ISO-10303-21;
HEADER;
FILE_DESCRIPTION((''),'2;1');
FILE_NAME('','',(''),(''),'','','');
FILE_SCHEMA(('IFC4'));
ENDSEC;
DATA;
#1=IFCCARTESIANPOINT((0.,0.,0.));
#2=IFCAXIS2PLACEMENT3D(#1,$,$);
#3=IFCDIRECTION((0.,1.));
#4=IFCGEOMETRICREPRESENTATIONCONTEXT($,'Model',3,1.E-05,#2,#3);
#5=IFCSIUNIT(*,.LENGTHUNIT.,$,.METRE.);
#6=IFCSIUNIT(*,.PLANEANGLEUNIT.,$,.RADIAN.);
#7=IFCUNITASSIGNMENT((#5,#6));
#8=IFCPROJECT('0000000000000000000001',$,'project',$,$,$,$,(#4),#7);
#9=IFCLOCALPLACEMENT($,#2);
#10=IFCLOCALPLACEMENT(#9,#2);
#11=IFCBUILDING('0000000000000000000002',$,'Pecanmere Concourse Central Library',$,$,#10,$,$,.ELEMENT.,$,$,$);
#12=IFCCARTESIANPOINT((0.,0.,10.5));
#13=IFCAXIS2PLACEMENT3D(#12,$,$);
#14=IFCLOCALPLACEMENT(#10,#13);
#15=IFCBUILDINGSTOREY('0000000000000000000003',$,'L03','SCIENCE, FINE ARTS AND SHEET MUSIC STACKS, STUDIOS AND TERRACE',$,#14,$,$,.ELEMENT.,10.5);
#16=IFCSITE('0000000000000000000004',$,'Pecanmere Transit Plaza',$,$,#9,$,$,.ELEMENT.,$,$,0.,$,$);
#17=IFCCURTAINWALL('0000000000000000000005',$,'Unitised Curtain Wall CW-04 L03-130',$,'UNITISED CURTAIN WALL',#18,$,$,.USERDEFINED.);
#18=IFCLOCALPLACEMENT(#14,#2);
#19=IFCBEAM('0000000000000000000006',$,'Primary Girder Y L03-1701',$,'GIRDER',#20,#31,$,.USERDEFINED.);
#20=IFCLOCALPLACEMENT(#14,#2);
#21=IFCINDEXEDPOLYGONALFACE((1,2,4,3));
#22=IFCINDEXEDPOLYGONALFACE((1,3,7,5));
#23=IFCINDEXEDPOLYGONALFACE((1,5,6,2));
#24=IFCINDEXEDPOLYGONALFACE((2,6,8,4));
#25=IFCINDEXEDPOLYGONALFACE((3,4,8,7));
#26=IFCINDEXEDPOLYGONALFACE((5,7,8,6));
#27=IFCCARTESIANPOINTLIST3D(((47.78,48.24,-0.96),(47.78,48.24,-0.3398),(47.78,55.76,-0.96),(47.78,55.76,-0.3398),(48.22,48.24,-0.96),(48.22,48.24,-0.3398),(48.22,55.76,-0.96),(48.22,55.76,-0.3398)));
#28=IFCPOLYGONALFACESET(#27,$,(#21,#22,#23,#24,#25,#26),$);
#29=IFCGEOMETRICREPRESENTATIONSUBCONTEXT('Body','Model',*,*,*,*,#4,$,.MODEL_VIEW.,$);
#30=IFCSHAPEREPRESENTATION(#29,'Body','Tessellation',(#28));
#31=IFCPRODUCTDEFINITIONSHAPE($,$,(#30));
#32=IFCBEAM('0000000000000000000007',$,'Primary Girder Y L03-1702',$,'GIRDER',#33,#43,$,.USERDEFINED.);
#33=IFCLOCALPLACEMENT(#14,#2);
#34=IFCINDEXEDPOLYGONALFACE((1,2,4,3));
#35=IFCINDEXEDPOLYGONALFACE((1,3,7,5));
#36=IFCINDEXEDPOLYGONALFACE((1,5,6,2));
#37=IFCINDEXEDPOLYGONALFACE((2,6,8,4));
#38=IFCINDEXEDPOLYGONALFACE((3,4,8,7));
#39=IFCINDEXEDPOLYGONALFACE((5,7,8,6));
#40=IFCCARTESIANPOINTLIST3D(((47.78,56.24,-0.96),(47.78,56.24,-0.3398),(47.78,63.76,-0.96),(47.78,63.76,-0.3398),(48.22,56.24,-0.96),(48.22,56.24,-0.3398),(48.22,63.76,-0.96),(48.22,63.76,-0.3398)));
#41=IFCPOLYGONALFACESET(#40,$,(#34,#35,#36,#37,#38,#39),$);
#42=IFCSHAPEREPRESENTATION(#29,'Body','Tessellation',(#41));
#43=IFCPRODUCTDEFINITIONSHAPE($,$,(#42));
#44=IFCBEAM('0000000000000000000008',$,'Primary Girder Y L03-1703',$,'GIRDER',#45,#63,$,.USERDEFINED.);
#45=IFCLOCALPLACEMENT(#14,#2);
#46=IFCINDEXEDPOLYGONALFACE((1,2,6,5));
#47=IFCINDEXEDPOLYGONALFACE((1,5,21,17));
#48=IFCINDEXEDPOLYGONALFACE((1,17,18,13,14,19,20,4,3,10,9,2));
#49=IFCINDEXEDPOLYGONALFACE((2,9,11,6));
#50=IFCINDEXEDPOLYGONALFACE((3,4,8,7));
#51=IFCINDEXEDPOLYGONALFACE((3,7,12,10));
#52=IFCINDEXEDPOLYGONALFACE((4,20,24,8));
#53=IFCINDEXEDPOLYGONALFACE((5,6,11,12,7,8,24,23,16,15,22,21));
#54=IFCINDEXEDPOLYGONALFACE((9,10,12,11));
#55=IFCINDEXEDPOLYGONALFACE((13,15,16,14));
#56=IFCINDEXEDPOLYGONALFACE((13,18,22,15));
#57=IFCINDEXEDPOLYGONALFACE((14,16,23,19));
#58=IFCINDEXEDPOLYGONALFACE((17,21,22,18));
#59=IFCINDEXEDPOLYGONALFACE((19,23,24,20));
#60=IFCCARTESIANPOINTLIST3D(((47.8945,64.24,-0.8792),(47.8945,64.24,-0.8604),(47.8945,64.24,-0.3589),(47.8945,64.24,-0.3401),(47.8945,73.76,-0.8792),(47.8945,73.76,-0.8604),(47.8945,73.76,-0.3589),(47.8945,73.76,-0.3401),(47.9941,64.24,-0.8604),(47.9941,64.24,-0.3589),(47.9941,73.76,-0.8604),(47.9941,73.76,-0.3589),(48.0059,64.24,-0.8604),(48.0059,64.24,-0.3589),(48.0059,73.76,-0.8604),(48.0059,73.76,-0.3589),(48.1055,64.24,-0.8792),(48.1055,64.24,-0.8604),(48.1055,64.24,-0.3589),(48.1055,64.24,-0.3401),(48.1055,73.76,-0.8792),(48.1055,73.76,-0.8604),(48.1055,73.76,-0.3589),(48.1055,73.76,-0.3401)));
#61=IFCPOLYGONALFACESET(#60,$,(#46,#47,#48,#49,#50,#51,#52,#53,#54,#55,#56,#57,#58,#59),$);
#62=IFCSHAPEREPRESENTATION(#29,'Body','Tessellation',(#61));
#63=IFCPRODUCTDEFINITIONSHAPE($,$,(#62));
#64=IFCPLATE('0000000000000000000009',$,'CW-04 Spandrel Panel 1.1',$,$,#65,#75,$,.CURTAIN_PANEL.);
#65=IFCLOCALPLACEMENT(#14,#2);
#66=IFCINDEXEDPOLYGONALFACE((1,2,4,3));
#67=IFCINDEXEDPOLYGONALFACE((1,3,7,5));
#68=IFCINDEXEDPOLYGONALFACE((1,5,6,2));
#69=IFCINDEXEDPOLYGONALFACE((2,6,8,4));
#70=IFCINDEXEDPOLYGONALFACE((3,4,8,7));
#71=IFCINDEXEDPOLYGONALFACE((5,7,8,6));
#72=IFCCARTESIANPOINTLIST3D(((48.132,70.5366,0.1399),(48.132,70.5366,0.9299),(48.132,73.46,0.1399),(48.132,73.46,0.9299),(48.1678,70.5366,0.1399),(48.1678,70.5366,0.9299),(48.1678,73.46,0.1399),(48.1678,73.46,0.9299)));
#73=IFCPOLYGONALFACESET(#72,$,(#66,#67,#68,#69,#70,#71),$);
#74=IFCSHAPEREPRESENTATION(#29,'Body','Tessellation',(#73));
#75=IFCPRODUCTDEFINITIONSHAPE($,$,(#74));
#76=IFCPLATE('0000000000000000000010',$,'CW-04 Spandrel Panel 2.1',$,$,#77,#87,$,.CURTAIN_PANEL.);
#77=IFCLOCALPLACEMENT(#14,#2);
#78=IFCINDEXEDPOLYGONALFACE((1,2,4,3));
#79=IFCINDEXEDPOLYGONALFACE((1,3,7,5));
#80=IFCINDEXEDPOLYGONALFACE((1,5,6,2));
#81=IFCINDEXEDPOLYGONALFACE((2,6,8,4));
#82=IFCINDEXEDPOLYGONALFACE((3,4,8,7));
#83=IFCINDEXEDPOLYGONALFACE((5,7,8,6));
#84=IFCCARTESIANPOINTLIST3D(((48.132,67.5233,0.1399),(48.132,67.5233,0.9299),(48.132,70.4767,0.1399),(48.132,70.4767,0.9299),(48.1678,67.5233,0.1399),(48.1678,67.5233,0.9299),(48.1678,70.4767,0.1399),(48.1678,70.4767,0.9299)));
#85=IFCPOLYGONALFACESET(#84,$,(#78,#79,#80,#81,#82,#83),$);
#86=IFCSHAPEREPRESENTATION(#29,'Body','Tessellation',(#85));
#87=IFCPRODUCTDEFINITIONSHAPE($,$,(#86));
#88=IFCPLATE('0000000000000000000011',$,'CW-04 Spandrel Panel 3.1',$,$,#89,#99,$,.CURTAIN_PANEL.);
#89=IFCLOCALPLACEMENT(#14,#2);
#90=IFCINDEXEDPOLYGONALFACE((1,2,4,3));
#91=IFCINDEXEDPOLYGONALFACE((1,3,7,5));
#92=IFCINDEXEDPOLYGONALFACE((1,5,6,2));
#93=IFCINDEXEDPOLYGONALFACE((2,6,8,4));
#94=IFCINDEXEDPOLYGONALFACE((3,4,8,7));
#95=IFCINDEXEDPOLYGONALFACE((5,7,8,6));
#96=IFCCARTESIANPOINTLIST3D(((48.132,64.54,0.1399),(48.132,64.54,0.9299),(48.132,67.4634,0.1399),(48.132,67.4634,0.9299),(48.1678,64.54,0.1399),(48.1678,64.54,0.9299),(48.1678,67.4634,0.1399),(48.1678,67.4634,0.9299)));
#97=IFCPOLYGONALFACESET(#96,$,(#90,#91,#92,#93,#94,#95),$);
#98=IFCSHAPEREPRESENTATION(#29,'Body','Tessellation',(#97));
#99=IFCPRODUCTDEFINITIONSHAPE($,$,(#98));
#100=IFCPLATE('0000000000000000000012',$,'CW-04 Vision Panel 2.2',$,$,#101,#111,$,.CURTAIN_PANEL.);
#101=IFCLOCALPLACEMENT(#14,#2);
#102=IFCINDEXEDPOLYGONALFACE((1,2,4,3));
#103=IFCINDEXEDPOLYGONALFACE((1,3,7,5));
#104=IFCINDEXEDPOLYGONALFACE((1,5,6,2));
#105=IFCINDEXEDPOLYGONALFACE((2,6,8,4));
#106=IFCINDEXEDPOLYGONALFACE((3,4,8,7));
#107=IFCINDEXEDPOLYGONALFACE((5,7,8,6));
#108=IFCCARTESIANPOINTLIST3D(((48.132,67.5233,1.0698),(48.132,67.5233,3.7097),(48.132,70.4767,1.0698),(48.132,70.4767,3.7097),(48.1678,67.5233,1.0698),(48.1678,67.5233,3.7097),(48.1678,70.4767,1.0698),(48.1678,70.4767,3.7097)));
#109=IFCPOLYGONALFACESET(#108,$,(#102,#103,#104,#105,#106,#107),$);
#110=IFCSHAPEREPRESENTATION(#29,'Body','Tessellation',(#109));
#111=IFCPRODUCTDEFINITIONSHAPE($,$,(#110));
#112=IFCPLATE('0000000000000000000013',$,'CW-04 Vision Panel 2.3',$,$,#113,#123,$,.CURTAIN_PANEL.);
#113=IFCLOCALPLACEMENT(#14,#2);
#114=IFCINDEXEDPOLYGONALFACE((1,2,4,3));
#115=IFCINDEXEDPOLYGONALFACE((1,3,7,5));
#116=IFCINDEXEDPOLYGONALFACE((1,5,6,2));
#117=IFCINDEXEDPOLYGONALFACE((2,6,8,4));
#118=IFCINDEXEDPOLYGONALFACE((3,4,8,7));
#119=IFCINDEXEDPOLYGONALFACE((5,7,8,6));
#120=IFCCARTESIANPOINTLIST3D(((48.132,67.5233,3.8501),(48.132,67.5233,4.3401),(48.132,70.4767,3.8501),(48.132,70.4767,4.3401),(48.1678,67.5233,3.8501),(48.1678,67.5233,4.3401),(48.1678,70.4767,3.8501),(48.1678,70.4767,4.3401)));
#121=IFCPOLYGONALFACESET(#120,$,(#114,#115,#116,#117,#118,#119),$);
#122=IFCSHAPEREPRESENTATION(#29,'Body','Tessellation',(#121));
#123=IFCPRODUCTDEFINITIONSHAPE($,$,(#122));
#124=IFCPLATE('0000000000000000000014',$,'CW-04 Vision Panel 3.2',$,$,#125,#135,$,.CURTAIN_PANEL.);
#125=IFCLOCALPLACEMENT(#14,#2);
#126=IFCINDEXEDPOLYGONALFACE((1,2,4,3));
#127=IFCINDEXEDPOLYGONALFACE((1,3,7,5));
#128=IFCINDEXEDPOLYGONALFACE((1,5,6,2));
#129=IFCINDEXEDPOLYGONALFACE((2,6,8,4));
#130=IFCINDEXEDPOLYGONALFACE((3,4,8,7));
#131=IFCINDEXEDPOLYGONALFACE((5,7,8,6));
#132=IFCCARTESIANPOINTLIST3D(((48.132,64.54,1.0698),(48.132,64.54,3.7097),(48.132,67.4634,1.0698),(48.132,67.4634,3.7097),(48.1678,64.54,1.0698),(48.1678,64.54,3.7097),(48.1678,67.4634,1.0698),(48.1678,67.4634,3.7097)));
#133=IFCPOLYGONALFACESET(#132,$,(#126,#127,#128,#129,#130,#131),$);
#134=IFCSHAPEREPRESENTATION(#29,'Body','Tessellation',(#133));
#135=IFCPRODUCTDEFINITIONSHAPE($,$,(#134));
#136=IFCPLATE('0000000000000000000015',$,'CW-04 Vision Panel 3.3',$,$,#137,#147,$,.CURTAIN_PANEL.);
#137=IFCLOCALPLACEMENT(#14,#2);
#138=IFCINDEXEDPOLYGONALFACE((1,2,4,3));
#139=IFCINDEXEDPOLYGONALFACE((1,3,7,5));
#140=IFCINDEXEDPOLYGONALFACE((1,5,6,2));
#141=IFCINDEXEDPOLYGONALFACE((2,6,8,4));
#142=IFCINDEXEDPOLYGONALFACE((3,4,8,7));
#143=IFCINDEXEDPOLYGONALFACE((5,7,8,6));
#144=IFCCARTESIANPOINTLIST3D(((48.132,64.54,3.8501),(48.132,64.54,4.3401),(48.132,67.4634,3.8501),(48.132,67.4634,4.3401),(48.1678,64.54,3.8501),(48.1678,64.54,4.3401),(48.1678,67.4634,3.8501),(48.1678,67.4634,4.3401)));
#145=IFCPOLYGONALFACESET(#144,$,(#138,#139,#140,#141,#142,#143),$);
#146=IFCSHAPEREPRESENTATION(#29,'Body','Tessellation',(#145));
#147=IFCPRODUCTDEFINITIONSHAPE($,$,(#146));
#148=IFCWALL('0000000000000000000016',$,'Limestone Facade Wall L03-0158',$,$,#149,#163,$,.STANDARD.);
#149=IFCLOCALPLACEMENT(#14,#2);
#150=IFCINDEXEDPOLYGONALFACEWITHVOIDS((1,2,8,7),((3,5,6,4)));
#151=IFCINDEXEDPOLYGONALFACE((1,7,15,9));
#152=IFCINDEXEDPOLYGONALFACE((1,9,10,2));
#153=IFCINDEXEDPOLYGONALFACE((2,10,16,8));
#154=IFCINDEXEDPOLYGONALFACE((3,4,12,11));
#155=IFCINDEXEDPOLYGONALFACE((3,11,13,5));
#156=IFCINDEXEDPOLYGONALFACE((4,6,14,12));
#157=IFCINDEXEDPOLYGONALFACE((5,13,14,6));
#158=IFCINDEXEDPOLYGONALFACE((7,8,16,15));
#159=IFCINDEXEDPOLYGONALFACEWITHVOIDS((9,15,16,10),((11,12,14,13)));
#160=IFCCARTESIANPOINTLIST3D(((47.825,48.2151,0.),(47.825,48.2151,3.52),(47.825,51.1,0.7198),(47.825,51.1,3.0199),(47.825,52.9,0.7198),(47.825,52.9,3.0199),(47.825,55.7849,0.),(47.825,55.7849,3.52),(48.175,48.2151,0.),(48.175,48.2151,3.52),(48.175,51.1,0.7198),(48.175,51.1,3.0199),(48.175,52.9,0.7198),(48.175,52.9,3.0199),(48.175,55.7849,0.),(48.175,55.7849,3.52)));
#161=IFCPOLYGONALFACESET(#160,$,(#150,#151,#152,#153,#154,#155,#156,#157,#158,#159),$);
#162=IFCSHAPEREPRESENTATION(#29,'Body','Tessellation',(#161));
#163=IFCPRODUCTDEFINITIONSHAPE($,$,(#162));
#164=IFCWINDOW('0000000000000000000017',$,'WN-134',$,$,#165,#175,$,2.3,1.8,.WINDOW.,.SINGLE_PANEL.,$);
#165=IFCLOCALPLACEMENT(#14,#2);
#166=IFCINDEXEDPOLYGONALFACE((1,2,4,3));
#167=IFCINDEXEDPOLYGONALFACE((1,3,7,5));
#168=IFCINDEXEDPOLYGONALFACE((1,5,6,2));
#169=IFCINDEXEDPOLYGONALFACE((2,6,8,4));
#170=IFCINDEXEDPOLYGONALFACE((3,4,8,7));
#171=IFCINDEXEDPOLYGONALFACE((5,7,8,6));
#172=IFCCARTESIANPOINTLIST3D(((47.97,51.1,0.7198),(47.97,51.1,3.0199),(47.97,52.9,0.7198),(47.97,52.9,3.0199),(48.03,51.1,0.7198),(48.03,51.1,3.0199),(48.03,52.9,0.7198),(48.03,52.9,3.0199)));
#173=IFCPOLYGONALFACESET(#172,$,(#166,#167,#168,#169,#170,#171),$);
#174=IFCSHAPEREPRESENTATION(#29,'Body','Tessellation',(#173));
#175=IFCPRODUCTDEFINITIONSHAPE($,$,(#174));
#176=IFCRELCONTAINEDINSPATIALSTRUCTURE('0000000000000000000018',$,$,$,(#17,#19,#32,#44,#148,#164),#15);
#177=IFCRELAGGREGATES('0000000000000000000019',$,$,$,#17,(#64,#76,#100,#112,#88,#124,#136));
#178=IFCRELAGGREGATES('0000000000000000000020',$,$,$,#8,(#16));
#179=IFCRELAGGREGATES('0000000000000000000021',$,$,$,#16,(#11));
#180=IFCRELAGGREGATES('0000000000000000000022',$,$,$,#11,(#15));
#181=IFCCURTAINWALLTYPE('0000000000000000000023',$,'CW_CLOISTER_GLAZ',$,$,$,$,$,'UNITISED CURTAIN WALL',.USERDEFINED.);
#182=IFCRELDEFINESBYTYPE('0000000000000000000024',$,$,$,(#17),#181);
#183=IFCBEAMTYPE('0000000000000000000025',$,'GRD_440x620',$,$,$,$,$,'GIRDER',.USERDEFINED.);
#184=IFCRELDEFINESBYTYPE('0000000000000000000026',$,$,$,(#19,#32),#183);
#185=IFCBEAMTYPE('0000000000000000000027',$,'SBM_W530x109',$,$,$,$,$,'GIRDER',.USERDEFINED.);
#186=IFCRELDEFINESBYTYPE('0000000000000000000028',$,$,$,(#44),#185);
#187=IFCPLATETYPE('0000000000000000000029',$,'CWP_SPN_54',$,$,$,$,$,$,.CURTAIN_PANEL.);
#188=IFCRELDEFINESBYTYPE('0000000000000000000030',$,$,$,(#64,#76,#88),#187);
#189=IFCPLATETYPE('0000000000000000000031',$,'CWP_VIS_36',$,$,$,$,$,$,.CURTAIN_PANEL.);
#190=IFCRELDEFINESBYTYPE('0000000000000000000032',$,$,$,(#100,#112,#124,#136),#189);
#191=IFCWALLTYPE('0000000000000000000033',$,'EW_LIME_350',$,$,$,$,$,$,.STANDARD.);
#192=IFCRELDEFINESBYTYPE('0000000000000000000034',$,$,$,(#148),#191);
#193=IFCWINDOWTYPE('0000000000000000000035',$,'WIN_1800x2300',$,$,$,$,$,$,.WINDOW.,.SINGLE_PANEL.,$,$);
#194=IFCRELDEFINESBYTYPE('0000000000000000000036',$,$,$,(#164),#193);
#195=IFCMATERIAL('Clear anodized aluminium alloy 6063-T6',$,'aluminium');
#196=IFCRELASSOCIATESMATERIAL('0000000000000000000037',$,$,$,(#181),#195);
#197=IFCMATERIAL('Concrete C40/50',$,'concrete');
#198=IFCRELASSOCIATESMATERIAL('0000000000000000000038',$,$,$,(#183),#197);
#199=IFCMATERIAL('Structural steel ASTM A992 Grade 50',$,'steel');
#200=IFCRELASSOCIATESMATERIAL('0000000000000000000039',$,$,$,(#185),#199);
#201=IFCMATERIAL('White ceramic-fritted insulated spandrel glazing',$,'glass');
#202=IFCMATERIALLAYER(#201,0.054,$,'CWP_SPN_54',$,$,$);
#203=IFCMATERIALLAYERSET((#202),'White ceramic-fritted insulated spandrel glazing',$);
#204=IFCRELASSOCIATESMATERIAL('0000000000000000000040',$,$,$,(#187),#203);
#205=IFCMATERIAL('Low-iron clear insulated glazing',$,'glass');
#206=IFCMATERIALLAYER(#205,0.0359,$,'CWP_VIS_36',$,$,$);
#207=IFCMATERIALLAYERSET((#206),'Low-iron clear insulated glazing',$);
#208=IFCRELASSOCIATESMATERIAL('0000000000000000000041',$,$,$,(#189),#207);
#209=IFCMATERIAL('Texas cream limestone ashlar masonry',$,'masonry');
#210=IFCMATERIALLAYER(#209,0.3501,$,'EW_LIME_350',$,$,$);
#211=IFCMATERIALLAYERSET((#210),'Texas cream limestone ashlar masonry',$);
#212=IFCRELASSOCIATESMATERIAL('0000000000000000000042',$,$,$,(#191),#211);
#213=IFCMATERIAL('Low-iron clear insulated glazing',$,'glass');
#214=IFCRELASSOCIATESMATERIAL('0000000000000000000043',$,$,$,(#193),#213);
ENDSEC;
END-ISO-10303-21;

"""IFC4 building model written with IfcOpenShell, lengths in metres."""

from ifc_helpers import new_model, si_unit, direction, frame, frame_2d, origin, origin_2d, place, context, subcontext, project, spatial, rectangle, i_section, extrude, material, layer, layer_set, material_profile, profile_set, type_object, element, fill, aggregate, save


model = new_model("IFC4")

# Units and contexts
model_context = context("Model", 3, precision=1e-05, world=origin(), true_north=direction((0.0, 1.0)))
body_context = subcontext(model_context, "Body", "Model", "MODEL_VIEW")
ifc_project = project(units=[si_unit("LENGTHUNIT", "METRE"), si_unit("PLANEANGLEUNIT", "RADIAN")], contexts=[model_context])

# Site, building, storey
site_placement = place(None, origin())
site = spatial("IfcSite", under=ifc_project, at=site_placement, Name="Pecanmere Transit Plaza", CompositionType="ELEMENT", RefElevation=0.0)
building_placement = place(site_placement, origin())
building = spatial("IfcBuilding", under=site, at=building_placement, Name="Pecanmere Concourse Central Library", CompositionType="ELEMENT")
storey_placement = place(building_placement, frame((0.0, 0.0, 10.5)))
storey = spatial("IfcBuildingStorey", under=building, at=storey_placement, Name="L03", Description="SCIENCE, FINE ARTS AND SHEET MUSIC STACKS, STUDIOS AND TERRACE", CompositionType="ELEMENT", Elevation=10.5)

# Curtain wall
ifc_material_1 = material(Name="Clear anodized aluminium alloy 6063-T6", Category="aluminium")
curtain_wall_type = type_object("IfcCurtainWallType", Name="CW_CLOISTER_GLAZ", ElementType="UNITISED CURTAIN WALL", PredefinedType="USERDEFINED", material=ifc_material_1)
curtain_wall_placement = place(storey_placement, origin())
curtain_wall = element("IfcCurtainWall", 1, at=curtain_wall_placement, inside=storey, type_object=curtain_wall_type, Name="Unitised Curtain Wall CW-04 L03-130", ObjectType="UNITISED CURTAIN WALL", PredefinedType="USERDEFINED")

# Beams
ifc_material_2 = material(Name="Concrete C40/50", Category="concrete")
ifc_material_profile_1 = material_profile(ifc_material_2, rectangle(XDim=0.4399, YDim=0.6201, at=origin_2d()), Name="RC 440x620")
ifc_profile_set_1 = profile_set([ifc_material_profile_1], Name="Concrete C40/50")
beam_type_1 = type_object("IfcBeamType", Name="GRD_440x620", ElementType="GIRDER", PredefinedType="USERDEFINED", material=ifc_profile_set_1)
for number, where, z_axis, x_axis, name in (
    (2, (48.0, 48.24, -0.6499), (0.0, 1.0, 0.0), (-1.0, 0.0, 0.0), "Primary Girder Y L03-1701"),
    (3, (48.0, 56.24, -0.6499), (0.0, 1.0, 0.0), (-1.0, 0.0, 0.0), "Primary Girder Y L03-1702"),
):
    element("IfcBeam", number, at=place(storey_placement, frame(where, z_axis=z_axis, x_axis=x_axis)), inside=storey, type_object=beam_type_1, Name=name, ObjectType="GIRDER", PredefinedType="USERDEFINED", context=body_context, shape_type="SweptSolid", body=[
        extrude(rectangle(XDim=0.4399, YDim=0.6201, at=origin_2d()), origin(), (0.0, 0.0, 1.0), 7.52),
    ])
ifc_material_3 = material(Name="Structural steel ASTM A992 Grade 50", Category="steel")
ifc_material_profile_2 = material_profile(ifc_material_3, i_section(OverallWidth=0.2109, OverallDepth=0.5391, WebThickness=0.0117, FlangeThickness=0.0188, at=origin_2d()), Name="W530x109")
ifc_profile_set_2 = profile_set([ifc_material_profile_2], Name="Structural steel ASTM A992 Grade 50")
beam_type_2 = type_object("IfcBeamType", Name="SBM_W530x109", ElementType="GIRDER", PredefinedType="USERDEFINED", material=ifc_profile_set_2)
beam_placement = place(storey_placement, frame((48.0, 64.24, -0.6096), z_axis=(0.0, 1.0, 0.0), x_axis=(-1.0, 0.0, 0.0)))
element("IfcBeam", 4, at=beam_placement, inside=storey, type_object=beam_type_2, Name="Primary Girder Y L03-1703", ObjectType="GIRDER", PredefinedType="USERDEFINED", context=body_context, shape_type="SweptSolid", body=[
    extrude(i_section(OverallWidth=0.2109, OverallDepth=0.5391, WebThickness=0.0117, FlangeThickness=0.0188, at=origin_2d()), origin(), (0.0, 0.0, 1.0), 9.52),
])

# Plates
ifc_material_4 = material(Name="White ceramic-fritted insulated spandrel glazing", Category="glass")
ifc_layer_1 = layer(ifc_material_4, 0.054, Name="CWP_SPN_54")
ifc_layer_set_1 = layer_set([ifc_layer_1], Name="White ceramic-fritted insulated spandrel glazing")
plate_type_1 = type_object("IfcPlateType", Name="CWP_SPN_54", PredefinedType="CURTAIN_PANEL", material=ifc_layer_set_1)
plate_1_placement = place(storey_placement, frame((48.1499, 71.9983, 0.1399), z_axis=(0.0, 0.0, 1.0), x_axis=(0.0, -1.0, 0.0)))
plate_1 = element("IfcPlate", 5, at=plate_1_placement, type_object=plate_type_1, Name="CW-04 Spandrel Panel 1.1", PredefinedType="CURTAIN_PANEL", context=body_context, shape_type="SweptSolid", body=[
    extrude(rectangle(XDim=2.9233, YDim=0.0359, at=origin_2d()), origin(), (0.0, 0.0, 1.0), 0.79),
])
plate_2_placement = place(storey_placement, frame((48.1499, 69.0, 0.1399), z_axis=(0.0, 0.0, 1.0), x_axis=(0.0, -1.0, 0.0)))
plate_2 = element("IfcPlate", 6, at=plate_2_placement, type_object=plate_type_1, Name="CW-04 Spandrel Panel 2.1", PredefinedType="CURTAIN_PANEL", context=body_context, shape_type="SweptSolid", body=[
    extrude(rectangle(XDim=2.9534, YDim=0.0359, at=origin_2d()), origin(), (0.0, 0.0, 1.0), 0.79),
])
plate_3_placement = place(storey_placement, frame((48.1499, 66.0017, 0.1399), z_axis=(0.0, 0.0, 1.0), x_axis=(0.0, -1.0, 0.0)))
plate_3 = element("IfcPlate", 7, at=plate_3_placement, type_object=plate_type_1, Name="CW-04 Spandrel Panel 3.1", PredefinedType="CURTAIN_PANEL", context=body_context, shape_type="SweptSolid", body=[
    extrude(rectangle(XDim=2.9233, YDim=0.0359, at=origin_2d()), origin(), (0.0, 0.0, 1.0), 0.79),
])
ifc_material_5 = material(Name="Low-iron clear insulated glazing", Category="glass")
ifc_layer_2 = layer(ifc_material_5, 0.0359, Name="CWP_VIS_36")
ifc_layer_set_2 = layer_set([ifc_layer_2], Name="Low-iron clear insulated glazing")
plate_type_2 = type_object("IfcPlateType", Name="CWP_VIS_36", PredefinedType="CURTAIN_PANEL", material=ifc_layer_set_2)
plate_4_placement = place(storey_placement, frame((48.1499, 69.0, 1.0698), z_axis=(0.0, 0.0, 1.0), x_axis=(0.0, -1.0, 0.0)))
plate_4 = element("IfcPlate", 8, at=plate_4_placement, type_object=plate_type_2, Name="CW-04 Vision Panel 2.2", PredefinedType="CURTAIN_PANEL", context=body_context, shape_type="SweptSolid", body=[
    extrude(rectangle(XDim=2.9534, YDim=0.0359, at=origin_2d()), origin(), (0.0, 0.0, 1.0), 2.6399),
])
plate_5_placement = place(storey_placement, frame((48.1499, 69.0, 3.8501), z_axis=(0.0, 0.0, 1.0), x_axis=(0.0, -1.0, 0.0)))
plate_5 = element("IfcPlate", 9, at=plate_5_placement, type_object=plate_type_2, Name="CW-04 Vision Panel 2.3", PredefinedType="CURTAIN_PANEL", context=body_context, shape_type="SweptSolid", body=[
    extrude(rectangle(XDim=2.9534, YDim=0.0359, at=origin_2d()), origin(), (0.0, 0.0, 1.0), 0.49),
])
plate_6_placement = place(storey_placement, frame((48.1499, 66.0017, 1.0698), z_axis=(0.0, 0.0, 1.0), x_axis=(0.0, -1.0, 0.0)))
plate_6 = element("IfcPlate", 10, at=plate_6_placement, type_object=plate_type_2, Name="CW-04 Vision Panel 3.2", PredefinedType="CURTAIN_PANEL", context=body_context, shape_type="SweptSolid", body=[
    extrude(rectangle(XDim=2.9233, YDim=0.0359, at=origin_2d()), origin(), (0.0, 0.0, 1.0), 2.6399),
])
plate_7_placement = place(storey_placement, frame((48.1499, 66.0017, 3.8501), z_axis=(0.0, 0.0, 1.0), x_axis=(0.0, -1.0, 0.0)))
plate_7 = element("IfcPlate", 11, at=plate_7_placement, type_object=plate_type_2, Name="CW-04 Vision Panel 3.3", PredefinedType="CURTAIN_PANEL", context=body_context, shape_type="SweptSolid", body=[
    extrude(rectangle(XDim=2.9233, YDim=0.0359, at=origin_2d()), origin(), (0.0, 0.0, 1.0), 0.49),
])
aggregate(curtain_wall, [plate_1, plate_2, plate_4, plate_5, plate_3, plate_6, plate_7])

# Wall, opening, window
ifc_material_6 = material(Name="Texas cream limestone ashlar masonry", Category="masonry")
ifc_layer_3 = layer(ifc_material_6, 0.3501, Name="EW_LIME_350")
ifc_layer_set_3 = layer_set([ifc_layer_3], Name="Texas cream limestone ashlar masonry")
wall_type = type_object("IfcWallType", Name="EW_LIME_350", PredefinedType="STANDARD", material=ifc_layer_set_3)
wall_1_placement = place(storey_placement, frame((48.0, 55.7849, 0.0), z_axis=(0.0, 0.0, 1.0), x_axis=(0.0, -1.0, 0.0)))
wall_1 = element("IfcWall", 12, at=wall_1_placement, inside=storey, type_object=wall_type, Name="Limestone Facade Wall L03-0158", PredefinedType="STANDARD", context=body_context, shape_type="SweptSolid", body=[
    extrude(rectangle(XDim=7.5698, YDim=0.3501, at=frame_2d((3.7849, 0.0))), origin(), (0.0, 0.0, 1.0), 3.52),
])
opening_1_placement = place(wall_1_placement, frame((2.885, 0.0, 0.72)))
opening_1 = element("IfcOpeningElement", 13, at=opening_1_placement, cuts=wall_1, PredefinedType="OPENING", context=body_context, shape_type="SweptSolid", body=[
    extrude(rectangle(XDim=1.8, YDim=2.3, at=frame_2d((0.8999, 1.1499))), frame((0.0, 0.187, 0.0), z_axis=(0.0, -1.0, 0.0), x_axis=(1.0, 0.0, 0.0)), (0.0, 0.0, 1.0), 0.374),
])
ifc_material_7 = material(Name="Low-iron clear insulated glazing", Category="glass")
window_type_1 = type_object("IfcWindowType", Name="WIN_1800x2300", PartitioningType="SINGLE_PANEL", PredefinedType="WINDOW", material=ifc_material_7)
window_1_placement = place(opening_1_placement, origin())
window_1 = element("IfcWindow", 14, at=window_1_placement, inside=storey, type_object=window_type_1, Name="WN-134", OverallHeight=2.3, OverallWidth=1.8, PartitioningType="SINGLE_PANEL", PredefinedType="WINDOW", context=body_context, shape_type="SweptSolid", body=[
    extrude(rectangle(XDim=1.8, YDim=2.3, at=frame_2d((0.8999, 1.1499))), frame((0.0, 0.03, 0.0), z_axis=(0.0, -1.0, 0.0), x_axis=(1.0, 0.0, 0.0)), (0.0, 0.0, 1.0), 0.0601),
])
fill(opening_1, window_1)

save(model, "model.ifc")
